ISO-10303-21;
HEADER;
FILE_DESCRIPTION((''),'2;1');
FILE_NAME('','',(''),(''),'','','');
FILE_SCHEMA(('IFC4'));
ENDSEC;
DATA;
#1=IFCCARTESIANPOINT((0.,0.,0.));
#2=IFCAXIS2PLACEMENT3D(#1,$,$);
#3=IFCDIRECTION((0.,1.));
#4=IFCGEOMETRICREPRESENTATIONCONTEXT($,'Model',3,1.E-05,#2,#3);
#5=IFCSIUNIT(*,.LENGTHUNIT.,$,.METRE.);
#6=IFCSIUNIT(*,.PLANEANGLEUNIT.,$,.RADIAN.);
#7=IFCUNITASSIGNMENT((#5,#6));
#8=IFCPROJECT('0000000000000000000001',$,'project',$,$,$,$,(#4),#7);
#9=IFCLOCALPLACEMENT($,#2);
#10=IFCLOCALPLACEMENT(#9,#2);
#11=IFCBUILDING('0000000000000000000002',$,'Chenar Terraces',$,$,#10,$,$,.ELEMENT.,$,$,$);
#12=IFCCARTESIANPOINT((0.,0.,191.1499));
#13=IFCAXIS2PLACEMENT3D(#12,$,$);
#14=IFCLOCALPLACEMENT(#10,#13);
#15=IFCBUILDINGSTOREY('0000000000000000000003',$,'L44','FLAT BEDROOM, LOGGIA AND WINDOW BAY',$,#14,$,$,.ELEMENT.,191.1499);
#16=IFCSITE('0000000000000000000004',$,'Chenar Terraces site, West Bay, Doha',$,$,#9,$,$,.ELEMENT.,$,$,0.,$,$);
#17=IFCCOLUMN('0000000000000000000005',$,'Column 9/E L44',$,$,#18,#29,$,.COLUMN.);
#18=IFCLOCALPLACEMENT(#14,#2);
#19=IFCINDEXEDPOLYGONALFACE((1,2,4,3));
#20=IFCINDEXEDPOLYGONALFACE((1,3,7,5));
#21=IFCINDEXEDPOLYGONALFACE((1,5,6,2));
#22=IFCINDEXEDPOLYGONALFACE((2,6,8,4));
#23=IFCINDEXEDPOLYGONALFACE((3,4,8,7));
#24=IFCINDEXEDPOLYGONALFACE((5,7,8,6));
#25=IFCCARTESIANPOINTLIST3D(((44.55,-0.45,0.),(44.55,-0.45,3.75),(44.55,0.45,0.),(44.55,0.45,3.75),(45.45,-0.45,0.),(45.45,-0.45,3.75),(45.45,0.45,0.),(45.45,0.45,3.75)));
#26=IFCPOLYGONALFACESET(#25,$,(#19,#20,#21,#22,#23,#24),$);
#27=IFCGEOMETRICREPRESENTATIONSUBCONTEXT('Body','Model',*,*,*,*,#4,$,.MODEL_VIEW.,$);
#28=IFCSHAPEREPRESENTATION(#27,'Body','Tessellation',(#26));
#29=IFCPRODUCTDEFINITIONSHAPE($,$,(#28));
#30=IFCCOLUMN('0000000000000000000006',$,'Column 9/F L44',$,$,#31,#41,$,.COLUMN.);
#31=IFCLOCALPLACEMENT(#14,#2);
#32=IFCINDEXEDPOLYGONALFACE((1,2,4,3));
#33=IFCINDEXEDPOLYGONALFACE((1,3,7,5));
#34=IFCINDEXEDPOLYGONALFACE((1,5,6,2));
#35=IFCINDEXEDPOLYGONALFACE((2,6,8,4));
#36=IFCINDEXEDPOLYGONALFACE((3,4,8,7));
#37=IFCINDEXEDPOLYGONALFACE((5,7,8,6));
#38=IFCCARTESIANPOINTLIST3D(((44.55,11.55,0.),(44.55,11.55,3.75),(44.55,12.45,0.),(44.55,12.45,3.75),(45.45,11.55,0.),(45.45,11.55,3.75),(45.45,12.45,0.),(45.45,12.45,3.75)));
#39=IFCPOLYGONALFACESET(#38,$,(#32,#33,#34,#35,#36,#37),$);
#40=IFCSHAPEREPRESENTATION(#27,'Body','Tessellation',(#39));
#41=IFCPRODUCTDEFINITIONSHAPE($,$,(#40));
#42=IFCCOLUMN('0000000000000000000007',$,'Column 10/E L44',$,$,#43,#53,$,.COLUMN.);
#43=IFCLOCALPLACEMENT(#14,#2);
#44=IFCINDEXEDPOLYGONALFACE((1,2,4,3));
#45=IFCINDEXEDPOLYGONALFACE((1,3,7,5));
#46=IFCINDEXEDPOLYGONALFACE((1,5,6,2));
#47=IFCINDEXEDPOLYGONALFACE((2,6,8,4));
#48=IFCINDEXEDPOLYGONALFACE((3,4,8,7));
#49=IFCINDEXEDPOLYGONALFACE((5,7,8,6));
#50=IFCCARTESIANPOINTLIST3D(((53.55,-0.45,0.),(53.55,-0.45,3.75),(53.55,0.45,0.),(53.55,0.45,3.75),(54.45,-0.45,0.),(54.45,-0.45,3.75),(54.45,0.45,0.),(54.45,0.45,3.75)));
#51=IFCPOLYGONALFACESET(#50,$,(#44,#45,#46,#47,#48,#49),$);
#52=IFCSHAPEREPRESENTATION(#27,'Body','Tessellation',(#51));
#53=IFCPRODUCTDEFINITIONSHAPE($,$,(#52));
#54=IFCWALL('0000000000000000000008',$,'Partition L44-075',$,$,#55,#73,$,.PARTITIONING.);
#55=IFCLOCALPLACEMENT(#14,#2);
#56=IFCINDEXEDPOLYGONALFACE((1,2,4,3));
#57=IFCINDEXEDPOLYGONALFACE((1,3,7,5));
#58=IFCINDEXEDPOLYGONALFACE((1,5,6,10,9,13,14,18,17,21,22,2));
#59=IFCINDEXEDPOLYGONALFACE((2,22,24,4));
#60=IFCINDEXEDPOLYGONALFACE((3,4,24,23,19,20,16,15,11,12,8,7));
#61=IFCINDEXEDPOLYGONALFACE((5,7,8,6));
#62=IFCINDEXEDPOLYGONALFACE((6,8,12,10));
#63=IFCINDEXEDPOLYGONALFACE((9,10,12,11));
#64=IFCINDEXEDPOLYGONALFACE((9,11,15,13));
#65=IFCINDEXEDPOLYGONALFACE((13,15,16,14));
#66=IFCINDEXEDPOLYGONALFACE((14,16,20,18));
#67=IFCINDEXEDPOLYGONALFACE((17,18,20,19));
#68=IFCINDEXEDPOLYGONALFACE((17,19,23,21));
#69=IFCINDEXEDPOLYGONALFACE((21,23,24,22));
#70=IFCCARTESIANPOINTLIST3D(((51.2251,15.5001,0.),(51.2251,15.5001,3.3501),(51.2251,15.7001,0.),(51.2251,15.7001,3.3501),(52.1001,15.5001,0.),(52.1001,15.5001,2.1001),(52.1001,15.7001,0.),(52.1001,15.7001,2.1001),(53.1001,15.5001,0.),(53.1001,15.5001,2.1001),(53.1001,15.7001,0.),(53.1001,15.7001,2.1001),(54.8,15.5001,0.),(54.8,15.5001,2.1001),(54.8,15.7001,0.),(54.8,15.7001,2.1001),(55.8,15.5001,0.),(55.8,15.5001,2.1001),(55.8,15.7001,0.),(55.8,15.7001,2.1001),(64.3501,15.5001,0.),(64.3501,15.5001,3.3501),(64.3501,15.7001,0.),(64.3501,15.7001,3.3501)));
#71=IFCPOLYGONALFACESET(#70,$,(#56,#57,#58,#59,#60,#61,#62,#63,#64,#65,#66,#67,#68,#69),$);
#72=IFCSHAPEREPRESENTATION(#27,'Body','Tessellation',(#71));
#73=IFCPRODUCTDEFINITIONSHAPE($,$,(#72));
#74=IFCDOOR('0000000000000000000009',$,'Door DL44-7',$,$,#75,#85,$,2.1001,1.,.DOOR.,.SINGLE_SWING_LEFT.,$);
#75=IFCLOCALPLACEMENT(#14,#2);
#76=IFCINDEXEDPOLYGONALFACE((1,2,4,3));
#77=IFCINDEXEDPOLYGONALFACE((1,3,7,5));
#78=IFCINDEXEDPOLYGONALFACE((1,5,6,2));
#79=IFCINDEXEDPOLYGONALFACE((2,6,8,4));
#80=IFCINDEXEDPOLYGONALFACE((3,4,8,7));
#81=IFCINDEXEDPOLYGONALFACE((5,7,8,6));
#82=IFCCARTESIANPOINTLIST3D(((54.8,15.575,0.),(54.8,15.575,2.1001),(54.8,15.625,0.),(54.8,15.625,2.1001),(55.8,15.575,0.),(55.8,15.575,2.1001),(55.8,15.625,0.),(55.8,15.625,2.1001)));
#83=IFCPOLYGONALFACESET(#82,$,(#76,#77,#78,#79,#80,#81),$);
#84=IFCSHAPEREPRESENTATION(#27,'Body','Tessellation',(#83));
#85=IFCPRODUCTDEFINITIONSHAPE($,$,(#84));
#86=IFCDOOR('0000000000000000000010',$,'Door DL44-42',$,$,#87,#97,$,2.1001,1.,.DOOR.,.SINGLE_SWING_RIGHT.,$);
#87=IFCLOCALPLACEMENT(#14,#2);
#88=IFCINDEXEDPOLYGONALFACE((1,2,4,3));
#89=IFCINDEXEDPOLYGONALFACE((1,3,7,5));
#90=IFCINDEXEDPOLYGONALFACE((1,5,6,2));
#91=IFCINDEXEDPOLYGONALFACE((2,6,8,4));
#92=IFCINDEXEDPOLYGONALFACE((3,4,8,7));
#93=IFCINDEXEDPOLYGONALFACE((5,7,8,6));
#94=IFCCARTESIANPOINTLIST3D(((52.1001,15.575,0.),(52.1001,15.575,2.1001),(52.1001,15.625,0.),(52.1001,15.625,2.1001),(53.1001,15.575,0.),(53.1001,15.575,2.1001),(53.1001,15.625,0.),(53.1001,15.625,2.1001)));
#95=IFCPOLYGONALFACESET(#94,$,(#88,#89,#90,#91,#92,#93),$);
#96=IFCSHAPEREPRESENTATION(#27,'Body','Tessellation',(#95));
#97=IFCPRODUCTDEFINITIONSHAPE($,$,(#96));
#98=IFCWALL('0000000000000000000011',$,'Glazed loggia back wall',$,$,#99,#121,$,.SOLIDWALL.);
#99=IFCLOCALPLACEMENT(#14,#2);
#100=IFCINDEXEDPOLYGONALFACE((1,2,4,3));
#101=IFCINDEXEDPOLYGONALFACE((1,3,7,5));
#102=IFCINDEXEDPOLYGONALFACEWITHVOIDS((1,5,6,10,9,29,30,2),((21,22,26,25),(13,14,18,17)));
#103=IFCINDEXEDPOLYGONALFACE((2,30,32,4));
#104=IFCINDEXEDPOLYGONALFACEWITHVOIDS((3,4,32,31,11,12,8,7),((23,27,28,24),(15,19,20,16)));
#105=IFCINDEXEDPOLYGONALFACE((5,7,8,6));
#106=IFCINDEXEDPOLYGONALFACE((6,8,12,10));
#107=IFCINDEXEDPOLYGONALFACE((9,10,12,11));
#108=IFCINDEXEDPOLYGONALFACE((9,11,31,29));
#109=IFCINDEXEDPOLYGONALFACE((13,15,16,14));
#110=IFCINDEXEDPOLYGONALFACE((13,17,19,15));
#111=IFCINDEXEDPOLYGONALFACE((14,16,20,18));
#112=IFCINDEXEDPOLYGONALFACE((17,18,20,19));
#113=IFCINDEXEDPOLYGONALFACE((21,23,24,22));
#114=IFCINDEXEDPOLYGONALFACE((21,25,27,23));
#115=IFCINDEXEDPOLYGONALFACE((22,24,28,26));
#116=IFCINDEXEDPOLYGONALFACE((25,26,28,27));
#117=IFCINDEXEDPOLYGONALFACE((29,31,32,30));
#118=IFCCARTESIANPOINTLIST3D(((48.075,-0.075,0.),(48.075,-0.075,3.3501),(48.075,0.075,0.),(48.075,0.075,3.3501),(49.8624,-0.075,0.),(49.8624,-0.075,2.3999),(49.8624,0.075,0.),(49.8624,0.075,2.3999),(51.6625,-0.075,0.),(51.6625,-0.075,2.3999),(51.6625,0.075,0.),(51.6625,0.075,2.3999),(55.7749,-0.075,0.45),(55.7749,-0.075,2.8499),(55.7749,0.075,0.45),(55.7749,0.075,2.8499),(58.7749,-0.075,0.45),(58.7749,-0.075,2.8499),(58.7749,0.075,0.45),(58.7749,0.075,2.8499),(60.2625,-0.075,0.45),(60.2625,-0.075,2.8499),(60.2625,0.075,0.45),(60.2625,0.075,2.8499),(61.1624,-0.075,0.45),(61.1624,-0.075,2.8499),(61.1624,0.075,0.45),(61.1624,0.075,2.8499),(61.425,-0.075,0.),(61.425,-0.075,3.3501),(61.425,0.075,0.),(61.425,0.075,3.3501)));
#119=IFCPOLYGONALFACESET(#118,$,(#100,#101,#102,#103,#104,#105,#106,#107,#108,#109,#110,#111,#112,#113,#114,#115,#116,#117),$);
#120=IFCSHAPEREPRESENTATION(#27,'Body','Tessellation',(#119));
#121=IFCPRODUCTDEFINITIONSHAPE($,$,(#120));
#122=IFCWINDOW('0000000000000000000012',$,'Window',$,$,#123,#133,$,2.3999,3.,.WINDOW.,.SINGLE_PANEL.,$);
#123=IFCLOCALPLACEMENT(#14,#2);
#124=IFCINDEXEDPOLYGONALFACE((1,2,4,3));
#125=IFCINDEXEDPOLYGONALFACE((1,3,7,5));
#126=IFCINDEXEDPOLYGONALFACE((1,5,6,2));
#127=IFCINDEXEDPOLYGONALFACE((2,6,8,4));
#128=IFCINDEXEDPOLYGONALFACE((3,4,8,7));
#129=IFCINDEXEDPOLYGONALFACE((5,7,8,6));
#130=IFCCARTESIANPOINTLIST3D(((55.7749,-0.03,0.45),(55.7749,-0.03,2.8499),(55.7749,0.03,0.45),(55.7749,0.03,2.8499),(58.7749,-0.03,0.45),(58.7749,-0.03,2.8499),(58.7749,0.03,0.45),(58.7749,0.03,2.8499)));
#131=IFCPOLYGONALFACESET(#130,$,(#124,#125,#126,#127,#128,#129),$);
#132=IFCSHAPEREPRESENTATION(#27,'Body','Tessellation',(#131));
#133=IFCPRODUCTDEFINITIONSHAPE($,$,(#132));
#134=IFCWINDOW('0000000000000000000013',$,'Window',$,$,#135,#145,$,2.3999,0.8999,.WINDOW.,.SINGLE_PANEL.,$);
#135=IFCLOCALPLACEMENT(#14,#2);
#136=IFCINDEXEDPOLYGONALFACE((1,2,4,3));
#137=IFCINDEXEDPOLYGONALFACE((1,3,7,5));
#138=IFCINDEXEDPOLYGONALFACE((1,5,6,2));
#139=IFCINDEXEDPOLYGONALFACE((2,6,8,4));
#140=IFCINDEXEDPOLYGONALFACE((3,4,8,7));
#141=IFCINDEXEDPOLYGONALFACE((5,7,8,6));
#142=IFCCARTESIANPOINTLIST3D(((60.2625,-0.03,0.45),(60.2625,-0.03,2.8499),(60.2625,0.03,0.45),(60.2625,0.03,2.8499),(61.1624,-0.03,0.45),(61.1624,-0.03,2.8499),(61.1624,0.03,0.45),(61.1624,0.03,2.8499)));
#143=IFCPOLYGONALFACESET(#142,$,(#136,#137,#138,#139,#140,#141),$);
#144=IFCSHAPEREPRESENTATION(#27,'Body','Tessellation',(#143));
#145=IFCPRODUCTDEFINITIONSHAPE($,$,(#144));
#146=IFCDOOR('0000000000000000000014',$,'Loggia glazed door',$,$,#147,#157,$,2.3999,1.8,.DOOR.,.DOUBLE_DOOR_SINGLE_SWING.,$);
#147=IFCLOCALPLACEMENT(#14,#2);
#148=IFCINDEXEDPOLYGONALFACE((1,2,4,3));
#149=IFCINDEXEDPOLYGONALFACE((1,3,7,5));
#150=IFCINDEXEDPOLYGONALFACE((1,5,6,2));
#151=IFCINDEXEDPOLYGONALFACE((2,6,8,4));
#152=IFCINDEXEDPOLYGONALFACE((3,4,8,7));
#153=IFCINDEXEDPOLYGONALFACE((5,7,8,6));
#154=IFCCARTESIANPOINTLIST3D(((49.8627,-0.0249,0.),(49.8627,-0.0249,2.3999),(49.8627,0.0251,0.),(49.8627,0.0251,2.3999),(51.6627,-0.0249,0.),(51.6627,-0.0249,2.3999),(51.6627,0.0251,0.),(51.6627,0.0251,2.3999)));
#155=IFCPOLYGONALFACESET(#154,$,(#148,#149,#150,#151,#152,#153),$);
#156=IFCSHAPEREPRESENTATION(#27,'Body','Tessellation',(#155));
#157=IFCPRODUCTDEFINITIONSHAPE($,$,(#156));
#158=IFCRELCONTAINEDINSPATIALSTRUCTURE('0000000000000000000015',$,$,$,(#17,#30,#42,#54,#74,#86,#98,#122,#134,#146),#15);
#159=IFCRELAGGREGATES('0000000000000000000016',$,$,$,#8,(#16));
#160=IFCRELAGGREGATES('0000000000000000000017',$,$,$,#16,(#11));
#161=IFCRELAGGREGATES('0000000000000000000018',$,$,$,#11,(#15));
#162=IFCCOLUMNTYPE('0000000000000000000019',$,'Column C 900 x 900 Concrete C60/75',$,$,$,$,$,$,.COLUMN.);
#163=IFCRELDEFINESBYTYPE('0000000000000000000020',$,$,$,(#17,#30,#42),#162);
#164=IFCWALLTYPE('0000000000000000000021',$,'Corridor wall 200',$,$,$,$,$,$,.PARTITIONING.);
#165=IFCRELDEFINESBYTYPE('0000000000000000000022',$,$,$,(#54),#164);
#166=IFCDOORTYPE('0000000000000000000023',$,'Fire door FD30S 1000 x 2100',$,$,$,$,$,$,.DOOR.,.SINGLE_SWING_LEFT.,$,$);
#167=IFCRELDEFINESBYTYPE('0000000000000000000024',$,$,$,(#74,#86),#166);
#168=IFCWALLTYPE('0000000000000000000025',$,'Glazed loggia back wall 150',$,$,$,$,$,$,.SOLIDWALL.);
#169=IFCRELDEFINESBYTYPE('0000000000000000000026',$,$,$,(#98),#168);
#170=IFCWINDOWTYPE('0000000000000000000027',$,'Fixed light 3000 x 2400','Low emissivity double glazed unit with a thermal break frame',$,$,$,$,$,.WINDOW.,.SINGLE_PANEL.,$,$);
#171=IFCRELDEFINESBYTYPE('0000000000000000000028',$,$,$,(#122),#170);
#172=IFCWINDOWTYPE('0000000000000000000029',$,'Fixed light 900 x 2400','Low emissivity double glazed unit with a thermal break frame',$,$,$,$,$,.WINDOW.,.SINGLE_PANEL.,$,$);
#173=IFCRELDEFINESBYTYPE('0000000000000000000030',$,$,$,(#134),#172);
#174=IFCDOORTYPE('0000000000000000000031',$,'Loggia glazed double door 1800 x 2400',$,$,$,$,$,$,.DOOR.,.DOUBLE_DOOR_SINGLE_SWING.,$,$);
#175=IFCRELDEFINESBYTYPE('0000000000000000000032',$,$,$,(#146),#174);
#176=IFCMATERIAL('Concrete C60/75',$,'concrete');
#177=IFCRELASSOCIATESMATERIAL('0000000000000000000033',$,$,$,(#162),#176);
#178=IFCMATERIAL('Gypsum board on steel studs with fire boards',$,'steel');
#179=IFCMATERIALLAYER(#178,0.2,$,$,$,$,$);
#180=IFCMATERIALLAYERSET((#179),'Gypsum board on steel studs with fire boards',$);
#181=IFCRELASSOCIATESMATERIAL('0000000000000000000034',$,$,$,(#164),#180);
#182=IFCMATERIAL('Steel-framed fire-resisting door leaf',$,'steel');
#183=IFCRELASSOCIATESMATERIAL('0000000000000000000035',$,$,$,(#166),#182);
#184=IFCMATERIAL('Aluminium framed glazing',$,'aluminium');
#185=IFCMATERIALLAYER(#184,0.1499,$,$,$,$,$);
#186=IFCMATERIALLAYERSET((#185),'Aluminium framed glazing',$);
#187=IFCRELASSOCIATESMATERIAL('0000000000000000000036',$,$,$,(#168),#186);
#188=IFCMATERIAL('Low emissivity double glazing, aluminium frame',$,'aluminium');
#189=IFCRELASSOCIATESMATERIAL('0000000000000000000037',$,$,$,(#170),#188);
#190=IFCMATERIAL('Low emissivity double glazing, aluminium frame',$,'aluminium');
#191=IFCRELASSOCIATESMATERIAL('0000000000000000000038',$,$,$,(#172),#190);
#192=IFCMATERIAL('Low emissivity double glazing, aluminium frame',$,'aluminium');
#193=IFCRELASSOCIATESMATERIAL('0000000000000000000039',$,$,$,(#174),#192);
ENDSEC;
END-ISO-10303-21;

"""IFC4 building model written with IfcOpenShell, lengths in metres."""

from ifc_helpers import new_model, si_unit, direction, frame, frame_2d, origin, origin_2d, place, context, subcontext, project, spatial, rectangle, extrude, material, layer, layer_set, material_profile, profile_set, type_object, element, fill, save


model = new_model("IFC4")

# Units and contexts
model_context = context("Model", 3, precision=1e-05, world=origin(), true_north=direction((0.0, 1.0)))
body_context = subcontext(model_context, "Body", "Model", "MODEL_VIEW")
ifc_project = project(units=[si_unit("LENGTHUNIT", "METRE"), si_unit("PLANEANGLEUNIT", "RADIAN")], contexts=[model_context])

# Site, building, storey
site_placement = place(None, origin())
site = spatial("IfcSite", under=ifc_project, at=site_placement, Name="Chenar Terraces site, West Bay, Doha", CompositionType="ELEMENT", RefElevation=0.0)
building_placement = place(site_placement, origin())
building = spatial("IfcBuilding", under=site, at=building_placement, Name="Chenar Terraces", CompositionType="ELEMENT")
storey_placement = place(building_placement, frame((0.0, 0.0, 191.1499)))
storey = spatial("IfcBuildingStorey", under=building, at=storey_placement, Name="L44", Description="FLAT BEDROOM, LOGGIA AND WINDOW BAY", CompositionType="ELEMENT", Elevation=191.1499)

# Columns
ifc_material_1 = material(Name="Concrete C60/75", Category="concrete")
ifc_material_profile = material_profile(ifc_material_1, rectangle(XDim=0.8999, YDim=0.8999, at=origin_2d()), Name="C 900 x 900")
ifc_profile_set = profile_set([ifc_material_profile], Name="Concrete C60/75")
column_type = type_object("IfcColumnType", Name="Column C 900 x 900 Concrete C60/75", PredefinedType="COLUMN", material=ifc_profile_set)
for number, where, z_axis, x_axis, name in (
    (1, (45.0, 0.0, 0.0), (0.0, 0.0, 1.0), (1.0, 0.0, 0.0), "Column 9/E L44"),
    (2, (45.0, 12.0, 0.0), (0.0, 0.0, 1.0), (1.0, 0.0, 0.0), "Column 9/F L44"),
    (3, (54.0, 0.0, 0.0), (0.0, 0.0, 1.0), (1.0, 0.0, 0.0), "Column 10/E L44"),
):
    element("IfcColumn", number, at=place(storey_placement, frame(where, z_axis=z_axis, x_axis=x_axis)), inside=storey, type_object=column_type, Name=name, PredefinedType="COLUMN", context=body_context, shape_type="SweptSolid", body=[
        extrude(rectangle(XDim=0.8999, YDim=0.8999, at=origin_2d()), origin(), (0.0, 0.0, 1.0), 3.75),
    ])

# Wall, openings, doors
ifc_material_2 = material(Name="Gypsum board on steel studs with fire boards", Category="steel")
ifc_layer_1 = layer(ifc_material_2, 0.2)
ifc_layer_set_1 = layer_set([ifc_layer_1], Name="Gypsum board on steel studs with fire boards")
wall_type_1 = type_object("IfcWallType", Name="Corridor wall 200", PredefinedType="PARTITIONING", material=ifc_layer_set_1)
wall_1_placement = place(storey_placement, frame((51.2251, 15.6001, 0.0), z_axis=(0.0, 0.0, 1.0), x_axis=(1.0, 0.0, 0.0)))
wall_1 = element("IfcWall", 4, at=wall_1_placement, inside=storey, type_object=wall_type_1, Name="Partition L44-075", PredefinedType="PARTITIONING", context=body_context, shape_type="SweptSolid", body=[
    extrude(rectangle(XDim=13.125, YDim=0.2, at=frame_2d((6.5625, 0.0))), origin(), (0.0, 0.0, 1.0), 3.3501),
])
opening_1_placement = place(wall_1_placement, frame((3.575, 0.0, 0.0)))
opening_1 = element("IfcOpeningElement", 5, at=opening_1_placement, cuts=wall_1, PredefinedType="OPENING", context=body_context, shape_type="SweptSolid", body=[
    extrude(rectangle(XDim=1.0, YDim=2.1001, at=frame_2d((0.5, 1.05))), frame((0.0, 0.1099, 0.0), z_axis=(0.0, -1.0, 0.0), x_axis=(1.0, 0.0, 0.0)), (0.0, 0.0, 1.0), 0.22),
])
opening_2_placement = place(wall_1_placement, frame((0.875, 0.0, 0.0)))
opening_2 = element("IfcOpeningElement", 6, at=opening_2_placement, cuts=wall_1, PredefinedType="OPENING", context=body_context, shape_type="SweptSolid", body=[
    extrude(rectangle(XDim=1.0, YDim=2.1001, at=frame_2d((0.5, 1.05))), frame((0.0, 0.1099, 0.0), z_axis=(0.0, -1.0, 0.0), x_axis=(1.0, 0.0, 0.0)), (0.0, 0.0, 1.0), 0.22),
])
ifc_material_3 = material(Name="Steel-framed fire-resisting door leaf", Category="steel")
door_type_1 = type_object("IfcDoorType", Name="Fire door FD30S 1000 x 2100", OperationType="SINGLE_SWING_LEFT", PredefinedType="DOOR", material=ifc_material_3)
door_1_placement = place(opening_1_placement, origin())
door_1 = element("IfcDoor", 7, at=door_1_placement, inside=storey, type_object=door_type_1, Name="Door DL44-7", OperationType="SINGLE_SWING_LEFT", OverallHeight=2.1001, OverallWidth=1.0, PredefinedType="DOOR", context=body_context, shape_type="SweptSolid", body=[
    extrude(rectangle(XDim=1.0, YDim=2.1001, at=frame_2d((0.5, 1.05))), frame((0.0, 0.0249, 0.0), z_axis=(0.0, -1.0, 0.0), x_axis=(1.0, 0.0, 0.0)), (0.0, 0.0, 1.0), 0.05),
])
fill(opening_1, door_1)
door_2_placement = place(opening_2_placement, origin())
door_2 = element("IfcDoor", 8, at=door_2_placement, inside=storey, type_object=door_type_1, Name="Door DL44-42", OperationType="SINGLE_SWING_RIGHT", OverallHeight=2.1001, OverallWidth=1.0, PredefinedType="DOOR", context=body_context, shape_type="SweptSolid", body=[
    extrude(rectangle(XDim=1.0, YDim=2.1001, at=frame_2d((0.5, 1.05))), frame((0.0, 0.0249, 0.0), z_axis=(0.0, -1.0, 0.0), x_axis=(1.0, 0.0, 0.0)), (0.0, 0.0, 1.0), 0.05),
])
fill(opening_2, door_2)

# Wall, openings, windows, door
ifc_material_4 = material(Name="Aluminium framed glazing", Category="aluminium")
ifc_layer_2 = layer(ifc_material_4, 0.1499)
ifc_layer_set_2 = layer_set([ifc_layer_2], Name="Aluminium framed glazing")
wall_type_2 = type_object("IfcWallType", Name="Glazed loggia back wall 150", PredefinedType="SOLIDWALL", material=ifc_layer_set_2)
wall_2_placement = place(storey_placement, frame((48.075, 0.0, 0.0), z_axis=(0.0, 0.0, 1.0), x_axis=(1.0, 0.0, 0.0)))
wall_2 = element("IfcWall", 9, at=wall_2_placement, inside=storey, type_object=wall_type_2, Name="Glazed loggia back wall", PredefinedType="SOLIDWALL", context=body_context, shape_type="SweptSolid", body=[
    extrude(rectangle(XDim=13.3501, YDim=0.1499, at=frame_2d((6.675, 0.0))), origin(), (0.0, 0.0, 1.0), 3.3501),
])
opening_3_placement = place(wall_2_placement, frame((1.7876, 0.0, 0.0)))
opening_3 = element("IfcOpeningElement", 10, at=opening_3_placement, cuts=wall_2, PredefinedType="OPENING", context=body_context, shape_type="SweptSolid", body=[
    extrude(rectangle(XDim=1.8, YDim=2.3999, at=frame_2d((0.8999, 1.2))), frame((0.0, 0.085, 0.0), z_axis=(0.0, -1.0, 0.0), x_axis=(1.0, 0.0, 0.0)), (0.0, 0.0, 1.0), 0.1699),
])
opening_4_placement = place(wall_2_placement, frame((7.7, 0.0, 0.45)))
opening_4 = element("IfcOpeningElement", 11, at=opening_4_placement, cuts=wall_2, PredefinedType="OPENING", context=body_context, shape_type="SweptSolid", body=[
    extrude(rectangle(XDim=3.0, YDim=2.3999, at=frame_2d((1.5, 1.2))), frame((0.0, 0.085, 0.0), z_axis=(0.0, -1.0, 0.0), x_axis=(1.0, 0.0, 0.0)), (0.0, 0.0, 1.0), 0.1699),
])
opening_5_placement = place(wall_2_placement, frame((12.1875, 0.0, 0.45)))
opening_5 = element("IfcOpeningElement", 12, at=opening_5_placement, cuts=wall_2, PredefinedType="OPENING", context=body_context, shape_type="SweptSolid", body=[
    extrude(rectangle(XDim=0.8999, YDim=2.3999, at=frame_2d((0.45, 1.2))), frame((0.0, 0.085, 0.0), z_axis=(0.0, -1.0, 0.0), x_axis=(1.0, 0.0, 0.0)), (0.0, 0.0, 1.0), 0.1699),
])
ifc_material_5 = material(Name="Low emissivity double glazing, aluminium frame", Category="aluminium")
window_type_1 = type_object("IfcWindowType", Name="Fixed light 3000 x 2400", Description="Low emissivity double glazed unit with a thermal break frame", PartitioningType="SINGLE_PANEL", PredefinedType="WINDOW", material=ifc_material_5)
window_1_placement = place(opening_4_placement, origin())
window_1 = element("IfcWindow", 13, at=window_1_placement, inside=storey, type_object=window_type_1, Name="Window", OverallHeight=2.3999, OverallWidth=3.0, PartitioningType="SINGLE_PANEL", PredefinedType="WINDOW", context=body_context, shape_type="SweptSolid", body=[
    extrude(rectangle(XDim=3.0, YDim=2.3999, at=frame_2d((1.5, 1.2))), frame((0.0, 0.03, 0.0), z_axis=(0.0, -1.0, 0.0), x_axis=(1.0, 0.0, 0.0)), (0.0, 0.0, 1.0), 0.0601),
])
fill(opening_4, window_1)
ifc_material_6 = material(Name="Low emissivity double glazing, aluminium frame", Category="aluminium")
window_type_2 = type_object("IfcWindowType", Name="Fixed light 900 x 2400", Description="Low emissivity double glazed unit with a thermal break frame", PartitioningType="SINGLE_PANEL", PredefinedType="WINDOW", material=ifc_material_6)
window_2_placement = place(opening_5_placement, origin())
window_2 = element("IfcWindow", 14, at=window_2_placement, inside=storey, type_object=window_type_2, Name="Window", OverallHeight=2.3999, OverallWidth=0.8999, PartitioningType="SINGLE_PANEL", PredefinedType="WINDOW", context=body_context, shape_type="SweptSolid", body=[
    extrude(rectangle(XDim=0.8999, YDim=2.3999, at=frame_2d((0.45, 1.2))), frame((0.0, 0.03, 0.0), z_axis=(0.0, -1.0, 0.0), x_axis=(1.0, 0.0, 0.0)), (0.0, 0.0, 1.0), 0.0601),
])
fill(opening_5, window_2)
ifc_material_7 = material(Name="Low emissivity double glazing, aluminium frame", Category="aluminium")
door_type_2 = type_object("IfcDoorType", Name="Loggia glazed double door 1800 x 2400", OperationType="DOUBLE_DOOR_SINGLE_SWING", PredefinedType="DOOR", material=ifc_material_7)
door_3_placement = place(opening_3_placement, frame((1.8, 0.0, 0.0), z_axis=(0.0, 0.0, 1.0), x_axis=(-1.0, 0.0, 0.0)))
door_3 = element("IfcDoor", 15, at=door_3_placement, inside=storey, type_object=door_type_2, Name="Loggia glazed door", OperationType="DOUBLE_DOOR_SINGLE_SWING", OverallHeight=2.3999, OverallWidth=1.8, PredefinedType="DOOR", context=body_context, shape_type="SweptSolid", body=[
    extrude(rectangle(XDim=1.8, YDim=2.3999, at=frame_2d((0.8999, 1.2))), frame((0.0, 0.0249, 0.0), z_axis=(0.0, -1.0, 0.0), x_axis=(1.0, 0.0, 0.0)), (0.0, 0.0, 1.0), 0.05),
])
fill(opening_3, door_3)

save(model, "model.ifc")
